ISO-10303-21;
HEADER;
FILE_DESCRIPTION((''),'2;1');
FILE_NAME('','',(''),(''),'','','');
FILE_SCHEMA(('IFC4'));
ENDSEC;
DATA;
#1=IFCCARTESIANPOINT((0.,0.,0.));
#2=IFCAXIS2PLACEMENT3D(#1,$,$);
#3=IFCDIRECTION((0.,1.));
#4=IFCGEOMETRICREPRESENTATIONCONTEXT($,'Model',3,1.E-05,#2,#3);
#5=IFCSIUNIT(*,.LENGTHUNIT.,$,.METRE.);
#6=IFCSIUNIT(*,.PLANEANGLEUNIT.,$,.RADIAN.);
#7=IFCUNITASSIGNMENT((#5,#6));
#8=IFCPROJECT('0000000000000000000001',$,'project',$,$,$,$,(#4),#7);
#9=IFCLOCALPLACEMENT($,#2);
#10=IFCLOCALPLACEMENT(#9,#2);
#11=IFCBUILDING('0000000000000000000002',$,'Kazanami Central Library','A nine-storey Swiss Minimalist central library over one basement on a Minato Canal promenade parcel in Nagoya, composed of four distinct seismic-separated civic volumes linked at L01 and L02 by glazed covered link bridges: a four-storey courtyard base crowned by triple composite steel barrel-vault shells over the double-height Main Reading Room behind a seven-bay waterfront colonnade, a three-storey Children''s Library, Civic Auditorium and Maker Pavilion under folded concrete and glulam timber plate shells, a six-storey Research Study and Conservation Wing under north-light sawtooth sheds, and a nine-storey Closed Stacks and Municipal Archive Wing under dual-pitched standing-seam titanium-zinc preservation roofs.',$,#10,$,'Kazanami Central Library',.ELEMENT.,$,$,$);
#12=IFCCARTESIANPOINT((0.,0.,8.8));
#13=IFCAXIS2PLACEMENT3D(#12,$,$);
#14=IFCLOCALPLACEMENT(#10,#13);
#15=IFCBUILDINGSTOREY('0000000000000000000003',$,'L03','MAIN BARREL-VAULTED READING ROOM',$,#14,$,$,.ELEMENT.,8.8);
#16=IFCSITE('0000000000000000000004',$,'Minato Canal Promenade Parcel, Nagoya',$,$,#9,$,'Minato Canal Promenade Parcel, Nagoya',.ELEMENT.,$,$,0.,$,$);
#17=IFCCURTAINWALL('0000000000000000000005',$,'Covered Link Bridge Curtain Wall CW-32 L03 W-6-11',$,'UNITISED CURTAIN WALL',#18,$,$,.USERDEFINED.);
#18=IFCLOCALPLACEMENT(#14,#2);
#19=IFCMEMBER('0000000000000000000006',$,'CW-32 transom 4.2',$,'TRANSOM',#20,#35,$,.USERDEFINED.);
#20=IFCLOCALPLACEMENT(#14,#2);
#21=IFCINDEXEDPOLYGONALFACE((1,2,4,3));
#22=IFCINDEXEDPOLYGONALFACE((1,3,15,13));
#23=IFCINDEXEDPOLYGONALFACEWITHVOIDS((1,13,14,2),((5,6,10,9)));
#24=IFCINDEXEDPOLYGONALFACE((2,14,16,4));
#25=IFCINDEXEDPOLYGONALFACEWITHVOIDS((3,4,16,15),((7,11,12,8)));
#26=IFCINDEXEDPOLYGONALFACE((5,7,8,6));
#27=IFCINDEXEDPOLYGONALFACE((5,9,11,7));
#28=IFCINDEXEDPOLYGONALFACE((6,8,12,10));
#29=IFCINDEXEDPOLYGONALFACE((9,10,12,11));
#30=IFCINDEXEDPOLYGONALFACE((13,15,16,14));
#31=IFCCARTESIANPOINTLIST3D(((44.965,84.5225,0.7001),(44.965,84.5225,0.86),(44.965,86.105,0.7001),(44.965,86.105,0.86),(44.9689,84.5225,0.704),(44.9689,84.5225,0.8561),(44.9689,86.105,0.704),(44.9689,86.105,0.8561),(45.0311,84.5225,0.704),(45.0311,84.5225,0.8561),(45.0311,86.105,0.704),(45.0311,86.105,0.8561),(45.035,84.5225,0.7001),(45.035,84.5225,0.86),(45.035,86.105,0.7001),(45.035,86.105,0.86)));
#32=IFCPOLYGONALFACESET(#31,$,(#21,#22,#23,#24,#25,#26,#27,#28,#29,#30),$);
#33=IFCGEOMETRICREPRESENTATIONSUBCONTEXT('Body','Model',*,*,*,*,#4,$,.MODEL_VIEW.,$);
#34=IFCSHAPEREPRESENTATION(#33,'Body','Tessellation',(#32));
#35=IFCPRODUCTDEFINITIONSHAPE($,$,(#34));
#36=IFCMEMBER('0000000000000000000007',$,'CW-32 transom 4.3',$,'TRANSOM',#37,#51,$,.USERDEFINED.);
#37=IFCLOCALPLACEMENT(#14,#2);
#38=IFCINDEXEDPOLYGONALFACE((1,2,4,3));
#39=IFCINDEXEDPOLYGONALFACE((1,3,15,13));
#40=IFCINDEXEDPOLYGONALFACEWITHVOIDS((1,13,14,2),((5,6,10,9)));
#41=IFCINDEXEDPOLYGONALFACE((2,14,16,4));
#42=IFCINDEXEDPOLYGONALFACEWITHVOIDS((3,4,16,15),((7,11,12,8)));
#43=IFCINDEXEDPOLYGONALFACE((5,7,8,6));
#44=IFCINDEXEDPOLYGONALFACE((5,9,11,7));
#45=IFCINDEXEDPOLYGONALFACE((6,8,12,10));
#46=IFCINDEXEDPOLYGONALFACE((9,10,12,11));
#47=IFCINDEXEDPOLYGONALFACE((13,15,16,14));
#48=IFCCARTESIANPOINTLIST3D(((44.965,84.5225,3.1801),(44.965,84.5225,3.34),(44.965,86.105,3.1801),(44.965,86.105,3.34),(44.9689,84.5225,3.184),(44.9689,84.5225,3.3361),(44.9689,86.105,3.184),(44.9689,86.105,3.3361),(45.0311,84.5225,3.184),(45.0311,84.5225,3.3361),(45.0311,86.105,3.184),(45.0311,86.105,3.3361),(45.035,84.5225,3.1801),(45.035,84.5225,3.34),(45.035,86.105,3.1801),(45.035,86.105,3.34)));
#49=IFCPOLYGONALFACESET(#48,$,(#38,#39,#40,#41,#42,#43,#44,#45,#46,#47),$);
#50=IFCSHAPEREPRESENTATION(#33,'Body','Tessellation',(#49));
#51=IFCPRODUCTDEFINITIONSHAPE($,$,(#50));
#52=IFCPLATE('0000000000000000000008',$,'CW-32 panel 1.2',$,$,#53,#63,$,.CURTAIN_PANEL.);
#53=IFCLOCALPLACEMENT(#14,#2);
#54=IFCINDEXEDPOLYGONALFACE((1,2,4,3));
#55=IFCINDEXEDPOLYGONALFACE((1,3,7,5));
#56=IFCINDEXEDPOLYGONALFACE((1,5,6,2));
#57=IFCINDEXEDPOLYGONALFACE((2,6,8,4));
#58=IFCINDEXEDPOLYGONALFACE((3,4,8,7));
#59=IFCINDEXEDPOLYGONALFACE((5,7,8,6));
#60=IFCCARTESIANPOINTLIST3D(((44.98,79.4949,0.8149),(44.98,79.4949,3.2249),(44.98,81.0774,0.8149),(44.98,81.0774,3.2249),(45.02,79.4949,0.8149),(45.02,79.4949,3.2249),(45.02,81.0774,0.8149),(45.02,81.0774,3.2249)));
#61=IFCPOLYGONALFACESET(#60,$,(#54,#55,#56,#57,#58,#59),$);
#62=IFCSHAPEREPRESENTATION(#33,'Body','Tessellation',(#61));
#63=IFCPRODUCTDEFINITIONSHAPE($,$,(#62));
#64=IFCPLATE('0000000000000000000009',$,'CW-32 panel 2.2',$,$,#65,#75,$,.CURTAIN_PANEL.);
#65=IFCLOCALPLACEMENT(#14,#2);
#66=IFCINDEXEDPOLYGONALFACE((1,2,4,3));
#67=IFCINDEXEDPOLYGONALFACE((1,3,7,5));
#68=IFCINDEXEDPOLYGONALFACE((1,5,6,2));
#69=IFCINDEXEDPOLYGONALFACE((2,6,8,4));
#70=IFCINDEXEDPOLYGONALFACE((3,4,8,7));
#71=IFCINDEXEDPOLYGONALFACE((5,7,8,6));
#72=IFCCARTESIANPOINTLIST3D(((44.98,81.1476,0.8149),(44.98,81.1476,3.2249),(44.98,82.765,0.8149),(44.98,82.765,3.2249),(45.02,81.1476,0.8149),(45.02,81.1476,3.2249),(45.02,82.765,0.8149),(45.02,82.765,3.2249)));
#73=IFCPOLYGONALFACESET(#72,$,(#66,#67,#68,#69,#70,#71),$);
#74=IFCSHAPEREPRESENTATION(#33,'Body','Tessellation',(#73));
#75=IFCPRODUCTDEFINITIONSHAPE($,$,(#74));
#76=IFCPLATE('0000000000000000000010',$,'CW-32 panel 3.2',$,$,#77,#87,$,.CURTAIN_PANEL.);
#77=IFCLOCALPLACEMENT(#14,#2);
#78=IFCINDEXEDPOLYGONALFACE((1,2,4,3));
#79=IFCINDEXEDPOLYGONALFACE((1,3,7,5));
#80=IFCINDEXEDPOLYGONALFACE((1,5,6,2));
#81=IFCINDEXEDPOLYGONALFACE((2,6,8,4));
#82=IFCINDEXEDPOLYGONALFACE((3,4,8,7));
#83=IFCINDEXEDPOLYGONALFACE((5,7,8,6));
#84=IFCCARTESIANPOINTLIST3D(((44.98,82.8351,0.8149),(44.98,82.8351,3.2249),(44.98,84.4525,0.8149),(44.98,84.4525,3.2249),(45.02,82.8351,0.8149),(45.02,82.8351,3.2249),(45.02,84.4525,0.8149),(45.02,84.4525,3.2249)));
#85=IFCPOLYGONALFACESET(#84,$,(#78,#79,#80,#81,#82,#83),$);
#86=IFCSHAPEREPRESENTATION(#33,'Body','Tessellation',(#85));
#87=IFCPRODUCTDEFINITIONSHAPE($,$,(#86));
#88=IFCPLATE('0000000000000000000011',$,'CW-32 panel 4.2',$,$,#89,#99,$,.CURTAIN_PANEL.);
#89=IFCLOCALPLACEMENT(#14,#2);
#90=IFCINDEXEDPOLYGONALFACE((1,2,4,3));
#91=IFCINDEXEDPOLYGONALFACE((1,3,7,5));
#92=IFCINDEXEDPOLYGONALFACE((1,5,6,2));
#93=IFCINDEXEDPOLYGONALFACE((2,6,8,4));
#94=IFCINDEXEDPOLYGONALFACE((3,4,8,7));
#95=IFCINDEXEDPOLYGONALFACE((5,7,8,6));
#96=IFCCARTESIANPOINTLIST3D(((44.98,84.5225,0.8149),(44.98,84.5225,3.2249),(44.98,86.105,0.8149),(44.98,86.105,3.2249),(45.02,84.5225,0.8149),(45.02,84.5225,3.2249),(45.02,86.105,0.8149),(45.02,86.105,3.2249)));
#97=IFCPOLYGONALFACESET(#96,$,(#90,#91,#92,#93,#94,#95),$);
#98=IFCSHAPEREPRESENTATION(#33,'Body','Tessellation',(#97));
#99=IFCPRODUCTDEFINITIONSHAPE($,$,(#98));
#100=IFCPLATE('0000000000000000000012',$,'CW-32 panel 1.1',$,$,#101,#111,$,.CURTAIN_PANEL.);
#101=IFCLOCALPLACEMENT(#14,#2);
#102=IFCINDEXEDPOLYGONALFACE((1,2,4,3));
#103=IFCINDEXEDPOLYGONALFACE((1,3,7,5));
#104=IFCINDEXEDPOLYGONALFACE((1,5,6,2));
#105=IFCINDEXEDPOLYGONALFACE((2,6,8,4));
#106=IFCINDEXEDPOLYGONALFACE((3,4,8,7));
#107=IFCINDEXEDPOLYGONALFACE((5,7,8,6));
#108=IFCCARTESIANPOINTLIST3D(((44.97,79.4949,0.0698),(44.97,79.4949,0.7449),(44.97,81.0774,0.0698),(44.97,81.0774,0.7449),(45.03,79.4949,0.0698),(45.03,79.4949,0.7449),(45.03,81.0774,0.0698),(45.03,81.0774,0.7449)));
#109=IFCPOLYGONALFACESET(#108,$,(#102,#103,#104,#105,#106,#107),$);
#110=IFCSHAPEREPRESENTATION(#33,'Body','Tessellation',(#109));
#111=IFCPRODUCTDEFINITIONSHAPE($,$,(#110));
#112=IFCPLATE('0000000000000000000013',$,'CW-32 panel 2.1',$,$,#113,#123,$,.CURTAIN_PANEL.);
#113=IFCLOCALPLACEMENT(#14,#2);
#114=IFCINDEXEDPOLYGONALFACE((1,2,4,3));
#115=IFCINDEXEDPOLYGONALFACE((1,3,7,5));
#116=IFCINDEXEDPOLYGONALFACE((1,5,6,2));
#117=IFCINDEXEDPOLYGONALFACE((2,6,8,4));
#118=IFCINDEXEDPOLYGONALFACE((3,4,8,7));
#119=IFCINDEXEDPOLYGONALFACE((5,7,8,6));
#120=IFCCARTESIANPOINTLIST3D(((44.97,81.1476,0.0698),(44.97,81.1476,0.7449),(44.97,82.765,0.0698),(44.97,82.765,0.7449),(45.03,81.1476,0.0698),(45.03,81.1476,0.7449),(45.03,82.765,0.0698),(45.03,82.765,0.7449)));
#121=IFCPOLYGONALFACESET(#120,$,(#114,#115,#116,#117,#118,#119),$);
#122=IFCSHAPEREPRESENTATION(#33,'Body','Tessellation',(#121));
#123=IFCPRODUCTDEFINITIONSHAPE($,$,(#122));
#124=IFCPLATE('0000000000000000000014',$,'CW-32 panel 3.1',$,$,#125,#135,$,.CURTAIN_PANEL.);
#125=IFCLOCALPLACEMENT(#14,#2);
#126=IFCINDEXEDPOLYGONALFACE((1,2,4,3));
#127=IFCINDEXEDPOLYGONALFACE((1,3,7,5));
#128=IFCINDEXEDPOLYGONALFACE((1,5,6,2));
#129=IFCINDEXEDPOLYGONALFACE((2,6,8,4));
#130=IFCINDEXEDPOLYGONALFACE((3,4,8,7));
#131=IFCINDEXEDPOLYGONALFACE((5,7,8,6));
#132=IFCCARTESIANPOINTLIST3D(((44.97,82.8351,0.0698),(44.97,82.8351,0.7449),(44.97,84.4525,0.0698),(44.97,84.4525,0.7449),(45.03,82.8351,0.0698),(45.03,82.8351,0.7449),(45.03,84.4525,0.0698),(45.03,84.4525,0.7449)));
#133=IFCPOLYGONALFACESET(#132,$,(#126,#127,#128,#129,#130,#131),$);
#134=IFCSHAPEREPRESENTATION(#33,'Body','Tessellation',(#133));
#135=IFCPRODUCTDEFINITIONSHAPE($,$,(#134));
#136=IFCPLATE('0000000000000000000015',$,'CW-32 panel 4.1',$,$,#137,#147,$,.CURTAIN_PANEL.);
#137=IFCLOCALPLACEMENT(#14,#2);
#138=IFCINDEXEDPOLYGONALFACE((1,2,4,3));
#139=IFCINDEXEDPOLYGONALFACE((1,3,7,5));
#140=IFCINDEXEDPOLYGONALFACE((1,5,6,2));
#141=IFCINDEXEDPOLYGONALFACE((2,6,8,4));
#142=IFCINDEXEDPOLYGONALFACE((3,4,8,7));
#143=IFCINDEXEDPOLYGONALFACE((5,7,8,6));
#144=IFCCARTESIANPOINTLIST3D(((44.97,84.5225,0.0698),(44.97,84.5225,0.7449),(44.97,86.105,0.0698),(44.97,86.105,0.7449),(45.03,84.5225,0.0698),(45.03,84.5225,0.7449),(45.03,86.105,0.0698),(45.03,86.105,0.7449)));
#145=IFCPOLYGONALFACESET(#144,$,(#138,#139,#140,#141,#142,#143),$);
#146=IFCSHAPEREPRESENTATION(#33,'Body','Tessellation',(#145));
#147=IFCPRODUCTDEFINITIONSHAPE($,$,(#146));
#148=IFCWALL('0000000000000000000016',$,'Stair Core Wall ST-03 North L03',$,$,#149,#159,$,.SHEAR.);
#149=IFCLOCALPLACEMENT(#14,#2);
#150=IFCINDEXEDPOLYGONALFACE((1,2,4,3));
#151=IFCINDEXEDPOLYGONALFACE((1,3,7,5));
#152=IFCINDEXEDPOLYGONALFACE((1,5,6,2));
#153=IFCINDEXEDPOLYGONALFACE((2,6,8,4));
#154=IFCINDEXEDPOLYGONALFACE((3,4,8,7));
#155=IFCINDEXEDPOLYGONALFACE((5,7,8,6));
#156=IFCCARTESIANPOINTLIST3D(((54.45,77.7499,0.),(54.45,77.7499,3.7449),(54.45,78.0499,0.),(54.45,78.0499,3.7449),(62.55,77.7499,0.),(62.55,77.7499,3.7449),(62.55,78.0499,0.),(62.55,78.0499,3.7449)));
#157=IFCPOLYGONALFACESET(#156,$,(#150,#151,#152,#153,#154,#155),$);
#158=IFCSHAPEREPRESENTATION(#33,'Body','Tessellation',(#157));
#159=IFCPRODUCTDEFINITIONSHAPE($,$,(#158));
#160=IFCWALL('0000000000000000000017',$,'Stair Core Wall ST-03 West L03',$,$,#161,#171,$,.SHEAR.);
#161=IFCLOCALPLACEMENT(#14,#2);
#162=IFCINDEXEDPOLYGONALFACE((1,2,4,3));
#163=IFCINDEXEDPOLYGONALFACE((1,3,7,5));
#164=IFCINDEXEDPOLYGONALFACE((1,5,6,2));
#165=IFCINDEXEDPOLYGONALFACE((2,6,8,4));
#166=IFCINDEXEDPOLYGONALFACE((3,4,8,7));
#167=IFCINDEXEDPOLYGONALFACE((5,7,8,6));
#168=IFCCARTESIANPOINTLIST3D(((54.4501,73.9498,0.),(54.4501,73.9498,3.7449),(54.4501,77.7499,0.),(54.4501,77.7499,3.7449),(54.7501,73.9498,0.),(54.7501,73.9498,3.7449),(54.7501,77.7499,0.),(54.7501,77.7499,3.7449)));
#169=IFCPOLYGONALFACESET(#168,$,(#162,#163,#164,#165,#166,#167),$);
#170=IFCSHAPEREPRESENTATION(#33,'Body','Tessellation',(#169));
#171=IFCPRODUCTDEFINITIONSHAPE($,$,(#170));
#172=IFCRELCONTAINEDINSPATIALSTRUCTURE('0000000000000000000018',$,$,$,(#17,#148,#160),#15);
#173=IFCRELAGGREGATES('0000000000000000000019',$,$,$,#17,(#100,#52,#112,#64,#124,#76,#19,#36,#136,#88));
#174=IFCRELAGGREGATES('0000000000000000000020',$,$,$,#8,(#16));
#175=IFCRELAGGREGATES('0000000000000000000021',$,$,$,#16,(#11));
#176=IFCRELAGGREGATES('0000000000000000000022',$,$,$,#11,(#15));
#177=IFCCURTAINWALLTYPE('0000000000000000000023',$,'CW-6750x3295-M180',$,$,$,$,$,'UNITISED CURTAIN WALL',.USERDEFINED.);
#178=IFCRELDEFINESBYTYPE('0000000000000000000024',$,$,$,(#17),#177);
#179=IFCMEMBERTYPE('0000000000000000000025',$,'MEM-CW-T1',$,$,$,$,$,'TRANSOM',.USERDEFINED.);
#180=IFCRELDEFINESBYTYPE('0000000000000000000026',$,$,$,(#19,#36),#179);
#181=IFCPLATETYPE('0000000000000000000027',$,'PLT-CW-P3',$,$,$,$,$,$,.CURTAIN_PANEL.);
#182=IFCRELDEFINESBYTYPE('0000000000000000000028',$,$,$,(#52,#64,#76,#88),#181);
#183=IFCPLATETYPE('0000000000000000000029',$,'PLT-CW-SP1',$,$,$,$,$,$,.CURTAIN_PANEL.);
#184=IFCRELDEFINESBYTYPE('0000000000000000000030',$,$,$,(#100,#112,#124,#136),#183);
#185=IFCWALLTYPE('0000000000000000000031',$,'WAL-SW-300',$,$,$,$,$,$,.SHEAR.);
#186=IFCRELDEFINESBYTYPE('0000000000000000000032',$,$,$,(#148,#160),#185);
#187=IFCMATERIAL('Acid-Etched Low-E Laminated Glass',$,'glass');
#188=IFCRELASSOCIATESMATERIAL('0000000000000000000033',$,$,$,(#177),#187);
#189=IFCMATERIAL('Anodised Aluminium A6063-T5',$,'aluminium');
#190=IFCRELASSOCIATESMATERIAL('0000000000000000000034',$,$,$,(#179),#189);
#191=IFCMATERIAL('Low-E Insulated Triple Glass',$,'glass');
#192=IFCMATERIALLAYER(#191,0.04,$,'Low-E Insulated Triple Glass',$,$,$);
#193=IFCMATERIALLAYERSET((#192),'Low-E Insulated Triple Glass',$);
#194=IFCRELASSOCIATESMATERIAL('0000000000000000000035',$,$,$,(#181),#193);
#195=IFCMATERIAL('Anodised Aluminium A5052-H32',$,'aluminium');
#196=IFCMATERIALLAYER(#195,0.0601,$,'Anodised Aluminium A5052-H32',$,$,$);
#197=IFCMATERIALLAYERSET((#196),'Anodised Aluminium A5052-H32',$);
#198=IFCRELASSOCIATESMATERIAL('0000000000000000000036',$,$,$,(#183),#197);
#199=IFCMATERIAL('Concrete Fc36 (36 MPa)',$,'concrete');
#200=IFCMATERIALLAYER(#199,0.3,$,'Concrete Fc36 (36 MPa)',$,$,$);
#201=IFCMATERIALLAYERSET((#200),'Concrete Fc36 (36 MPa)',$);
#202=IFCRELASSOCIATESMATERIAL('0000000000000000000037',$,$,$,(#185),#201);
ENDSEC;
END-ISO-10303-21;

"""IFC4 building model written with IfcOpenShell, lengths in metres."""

from ifc_helpers import new_model, si_unit, direction, frame, frame_2d, origin, origin_2d, place, context, subcontext, project, spatial, rectangle, hollow_rectangle, extrude, material, layer, layer_set, material_profile, profile_set, type_object, element, aggregate, save


model = new_model("IFC4")

# Units and contexts
model_context = context("Model", 3, precision=1e-05, world=origin(), true_north=direction((0.0, 1.0)))
body_context = subcontext(model_context, "Body", "Model", "MODEL_VIEW")
ifc_project = project(units=[si_unit("LENGTHUNIT", "METRE"), si_unit("PLANEANGLEUNIT", "RADIAN")], contexts=[model_context])

# Site, building, storey
site_placement = place(None, origin())
site = spatial("IfcSite", under=ifc_project, at=site_placement, Name="Minato Canal Promenade Parcel, Nagoya", LongName="Minato Canal Promenade Parcel, Nagoya", CompositionType="ELEMENT", RefElevation=0.0)
building_placement = place(site_placement, origin())
building = spatial("IfcBuilding", under=site, at=building_placement, Name="Kazanami Central Library", Description="A nine-storey Swiss Minimalist central library over one basement on a Minato Canal promenade parcel in Nagoya, composed of four distinct seismic-separated civic volumes linked at L01 and L02 by glazed covered link bridges: a four-storey courtyard base crowned by triple composite steel barrel-vault shells over the double-height Main Reading Room behind a seven-bay waterfront colonnade, a three-storey Children's Library, Civic Auditorium and Maker Pavilion under folded concrete and glulam timber plate shells, a six-storey Research Study and Conservation Wing under north-light sawtooth sheds, and a nine-storey Closed Stacks and Municipal Archive Wing under dual-pitched standing-seam titanium-zinc preservation roofs.", LongName="Kazanami Central Library", CompositionType="ELEMENT")
storey_placement = place(building_placement, frame((0.0, 0.0, 8.8)))
storey = spatial("IfcBuildingStorey", under=building, at=storey_placement, Name="L03", Description="MAIN BARREL-VAULTED READING ROOM", CompositionType="ELEMENT", Elevation=8.8)

# Curtain wall, members, plates
ifc_material_1 = material(Name="Acid-Etched Low-E Laminated Glass", Category="glass")
curtain_wall_type = type_object("IfcCurtainWallType", Name="CW-6750x3295-M180", ElementType="UNITISED CURTAIN WALL", PredefinedType="USERDEFINED", material=ifc_material_1)
curtain_wall_placement = place(storey_placement, origin())
curtain_wall = element("IfcCurtainWall", 1, at=curtain_wall_placement, inside=storey, type_object=curtain_wall_type, Name="Covered Link Bridge Curtain Wall CW-32 L03 W-6-11", ObjectType="UNITISED CURTAIN WALL", PredefinedType="USERDEFINED")
ifc_material_2 = material(Name="Anodised Aluminium A6063-T5", Category="aluminium")
ifc_material_profile_1 = material_profile(ifc_material_2, hollow_rectangle(XDim=0.0701, YDim=0.1599, WallThickness=0.0039, at=origin_2d()), Name="ALU-TRAN-70x160x4")
ifc_profile_set_1 = profile_set([ifc_material_profile_1], Name="Anodised Aluminium A6063-T5")
member_type_1 = type_object("IfcMemberType", Name="MEM-CW-T1", ElementType="TRANSOM", PredefinedType="USERDEFINED", material=ifc_profile_set_1)
member_1_placement = place(storey_placement, frame((45.0, 84.5225, 0.78), z_axis=(0.0, 1.0, 0.0), x_axis=(-1.0, 0.0, 0.0)))
member_1 = element("IfcMember", 2, at=member_1_placement, type_object=member_type_1, Name="CW-32 transom 4.2", ObjectType="TRANSOM", PredefinedType="USERDEFINED", context=body_context, shape_type="SweptSolid", body=[
    extrude(hollow_rectangle(XDim=0.0701, YDim=0.1599, WallThickness=0.0039, at=origin_2d()), origin(), (0.0, 0.0, 1.0), 1.5825),
])
member_2_placement = place(storey_placement, frame((45.0, 84.5225, 3.26), z_axis=(0.0, 1.0, 0.0), x_axis=(-1.0, 0.0, 0.0)))
member_2 = element("IfcMember", 3, at=member_2_placement, type_object=member_type_1, Name="CW-32 transom 4.3", ObjectType="TRANSOM", PredefinedType="USERDEFINED", context=body_context, shape_type="SweptSolid", body=[
    extrude(hollow_rectangle(XDim=0.0701, YDim=0.1599, WallThickness=0.0039, at=origin_2d()), origin(), (0.0, 0.0, 1.0), 1.5825),
])
ifc_material_3 = material(Name="Low-E Insulated Triple Glass", Category="glass")
ifc_layer_1 = layer(ifc_material_3, 0.04, Name="Low-E Insulated Triple Glass")
ifc_layer_set_1 = layer_set([ifc_layer_1], Name="Low-E Insulated Triple Glass")
plate_type_1 = type_object("IfcPlateType", Name="PLT-CW-P3", PredefinedType="CURTAIN_PANEL", material=ifc_layer_set_1)
plate_1_placement = place(storey_placement, frame((45.0, 80.2861, 0.8149), z_axis=(0.0, 0.0, 1.0), x_axis=(0.0, 1.0, 0.0)))
plate_1 = element("IfcPlate", 4, at=plate_1_placement, type_object=plate_type_1, Name="CW-32 panel 1.2", PredefinedType="CURTAIN_PANEL", context=body_context, shape_type="SweptSolid", body=[
    extrude(rectangle(XDim=1.5825, YDim=0.04, at=origin_2d()), origin(), (0.0, 0.0, 1.0), 2.4099),
])
plate_2_placement = place(storey_placement, frame((45.0, 81.9563, 0.8149), z_axis=(0.0, 0.0, 1.0), x_axis=(0.0, 1.0, 0.0)))
plate_2 = element("IfcPlate", 5, at=plate_2_placement, type_object=plate_type_1, Name="CW-32 panel 2.2", PredefinedType="CURTAIN_PANEL", context=body_context, shape_type="SweptSolid", body=[
    extrude(rectangle(XDim=1.6174, YDim=0.04, at=origin_2d()), origin(), (0.0, 0.0, 1.0), 2.4099),
])
plate_3_placement = place(storey_placement, frame((45.0, 83.6438, 0.8149), z_axis=(0.0, 0.0, 1.0), x_axis=(0.0, 1.0, 0.0)))
plate_3 = element("IfcPlate", 6, at=plate_3_placement, type_object=plate_type_1, Name="CW-32 panel 3.2", PredefinedType="CURTAIN_PANEL", context=body_context, shape_type="SweptSolid", body=[
    extrude(rectangle(XDim=1.6174, YDim=0.04, at=origin_2d()), origin(), (0.0, 0.0, 1.0), 2.4099),
])
plate_4_placement = place(storey_placement, frame((45.0, 85.3137, 0.8149), z_axis=(0.0, 0.0, 1.0), x_axis=(0.0, 1.0, 0.0)))
plate_4 = element("IfcPlate", 7, at=plate_4_placement, type_object=plate_type_1, Name="CW-32 panel 4.2", PredefinedType="CURTAIN_PANEL", context=body_context, shape_type="SweptSolid", body=[
    extrude(rectangle(XDim=1.5825, YDim=0.04, at=origin_2d()), origin(), (0.0, 0.0, 1.0), 2.4099),
])
ifc_material_4 = material(Name="Anodised Aluminium A5052-H32", Category="aluminium")
ifc_layer_2 = layer(ifc_material_4, 0.0601, Name="Anodised Aluminium A5052-H32")
ifc_layer_set_2 = layer_set([ifc_layer_2], Name="Anodised Aluminium A5052-H32")
plate_type_2 = type_object("IfcPlateType", Name="PLT-CW-SP1", PredefinedType="CURTAIN_PANEL", material=ifc_layer_set_2)
plate_5_placement = place(storey_placement, frame((45.0, 80.2861, 0.0698), z_axis=(0.0, 0.0, 1.0), x_axis=(0.0, 1.0, 0.0)))
plate_5 = element("IfcPlate", 8, at=plate_5_placement, type_object=plate_type_2, Name="CW-32 panel 1.1", PredefinedType="CURTAIN_PANEL", context=body_context, shape_type="SweptSolid", body=[
    extrude(rectangle(XDim=1.5825, YDim=0.0601, at=origin_2d()), origin(), (0.0, 0.0, 1.0), 0.675),
])
plate_6_placement = place(storey_placement, frame((45.0, 81.9563, 0.0698), z_axis=(0.0, 0.0, 1.0), x_axis=(0.0, 1.0, 0.0)))
plate_6 = element("IfcPlate", 9, at=plate_6_placement, type_object=plate_type_2, Name="CW-32 panel 2.1", PredefinedType="CURTAIN_PANEL", context=body_context, shape_type="SweptSolid", body=[
    extrude(rectangle(XDim=1.6174, YDim=0.0601, at=origin_2d()), origin(), (0.0, 0.0, 1.0), 0.675),
])
plate_7_placement = place(storey_placement, frame((45.0, 83.6438, 0.0698), z_axis=(0.0, 0.0, 1.0), x_axis=(0.0, 1.0, 0.0)))
plate_7 = element("IfcPlate", 10, at=plate_7_placement, type_object=plate_type_2, Name="CW-32 panel 3.1", PredefinedType="CURTAIN_PANEL", context=body_context, shape_type="SweptSolid", body=[
    extrude(rectangle(XDim=1.6174, YDim=0.0601, at=origin_2d()), origin(), (0.0, 0.0, 1.0), 0.675),
])
plate_8_placement = place(storey_placement, frame((45.0, 85.3137, 0.0698), z_axis=(0.0, 0.0, 1.0), x_axis=(0.0, 1.0, 0.0)))
plate_8 = element("IfcPlate", 11, at=plate_8_placement, type_object=plate_type_2, Name="CW-32 panel 4.1", PredefinedType="CURTAIN_PANEL", context=body_context, shape_type="SweptSolid", body=[
    extrude(rectangle(XDim=1.5825, YDim=0.0601, at=origin_2d()), origin(), (0.0, 0.0, 1.0), 0.675),
])
aggregate(curtain_wall, [plate_5, plate_1, plate_6, plate_2, plate_7, plate_3, member_1, member_2, plate_8, plate_4])

# Walls
ifc_material_5 = material(Name="Concrete Fc36 (36 MPa)", Category="concrete")
ifc_layer_3 = layer(ifc_material_5, 0.3, Name="Concrete Fc36 (36 MPa)")
ifc_layer_set_3 = layer_set([ifc_layer_3], Name="Concrete Fc36 (36 MPa)")
wall_type = type_object("IfcWallType", Name="WAL-SW-300", PredefinedType="SHEAR", material=ifc_layer_set_3)
wall_1_placement = place(storey_placement, frame((54.45, 77.8999, 0.0), z_axis=(0.0, 0.0, 1.0), x_axis=(1.0, 0.0, 0.0)))
element("IfcWall", 12, at=wall_1_placement, inside=storey, type_object=wall_type, Name="Stair Core Wall ST-03 North L03", PredefinedType="SHEAR", context=body_context, shape_type="SweptSolid", body=[
    extrude(rectangle(XDim=8.1001, YDim=0.3, at=frame_2d((4.05, 0.0))), origin(), (0.0, 0.0, 1.0), 3.7449),
])
wall_2_placement = place(storey_placement, frame((54.6001, 73.95, 0.0), z_axis=(0.0, 0.0, 1.0), x_axis=(0.0, 1.0, 0.0)))
element("IfcWall", 13, at=wall_2_placement, inside=storey, type_object=wall_type, Name="Stair Core Wall ST-03 West L03", PredefinedType="SHEAR", context=body_context, shape_type="SweptSolid", body=[
    extrude(rectangle(XDim=3.8, YDim=0.3, at=frame_2d((1.8999, 0.0))), origin(), (0.0, 0.0, 1.0), 3.7449),
])

save(model, "model.ifc")
